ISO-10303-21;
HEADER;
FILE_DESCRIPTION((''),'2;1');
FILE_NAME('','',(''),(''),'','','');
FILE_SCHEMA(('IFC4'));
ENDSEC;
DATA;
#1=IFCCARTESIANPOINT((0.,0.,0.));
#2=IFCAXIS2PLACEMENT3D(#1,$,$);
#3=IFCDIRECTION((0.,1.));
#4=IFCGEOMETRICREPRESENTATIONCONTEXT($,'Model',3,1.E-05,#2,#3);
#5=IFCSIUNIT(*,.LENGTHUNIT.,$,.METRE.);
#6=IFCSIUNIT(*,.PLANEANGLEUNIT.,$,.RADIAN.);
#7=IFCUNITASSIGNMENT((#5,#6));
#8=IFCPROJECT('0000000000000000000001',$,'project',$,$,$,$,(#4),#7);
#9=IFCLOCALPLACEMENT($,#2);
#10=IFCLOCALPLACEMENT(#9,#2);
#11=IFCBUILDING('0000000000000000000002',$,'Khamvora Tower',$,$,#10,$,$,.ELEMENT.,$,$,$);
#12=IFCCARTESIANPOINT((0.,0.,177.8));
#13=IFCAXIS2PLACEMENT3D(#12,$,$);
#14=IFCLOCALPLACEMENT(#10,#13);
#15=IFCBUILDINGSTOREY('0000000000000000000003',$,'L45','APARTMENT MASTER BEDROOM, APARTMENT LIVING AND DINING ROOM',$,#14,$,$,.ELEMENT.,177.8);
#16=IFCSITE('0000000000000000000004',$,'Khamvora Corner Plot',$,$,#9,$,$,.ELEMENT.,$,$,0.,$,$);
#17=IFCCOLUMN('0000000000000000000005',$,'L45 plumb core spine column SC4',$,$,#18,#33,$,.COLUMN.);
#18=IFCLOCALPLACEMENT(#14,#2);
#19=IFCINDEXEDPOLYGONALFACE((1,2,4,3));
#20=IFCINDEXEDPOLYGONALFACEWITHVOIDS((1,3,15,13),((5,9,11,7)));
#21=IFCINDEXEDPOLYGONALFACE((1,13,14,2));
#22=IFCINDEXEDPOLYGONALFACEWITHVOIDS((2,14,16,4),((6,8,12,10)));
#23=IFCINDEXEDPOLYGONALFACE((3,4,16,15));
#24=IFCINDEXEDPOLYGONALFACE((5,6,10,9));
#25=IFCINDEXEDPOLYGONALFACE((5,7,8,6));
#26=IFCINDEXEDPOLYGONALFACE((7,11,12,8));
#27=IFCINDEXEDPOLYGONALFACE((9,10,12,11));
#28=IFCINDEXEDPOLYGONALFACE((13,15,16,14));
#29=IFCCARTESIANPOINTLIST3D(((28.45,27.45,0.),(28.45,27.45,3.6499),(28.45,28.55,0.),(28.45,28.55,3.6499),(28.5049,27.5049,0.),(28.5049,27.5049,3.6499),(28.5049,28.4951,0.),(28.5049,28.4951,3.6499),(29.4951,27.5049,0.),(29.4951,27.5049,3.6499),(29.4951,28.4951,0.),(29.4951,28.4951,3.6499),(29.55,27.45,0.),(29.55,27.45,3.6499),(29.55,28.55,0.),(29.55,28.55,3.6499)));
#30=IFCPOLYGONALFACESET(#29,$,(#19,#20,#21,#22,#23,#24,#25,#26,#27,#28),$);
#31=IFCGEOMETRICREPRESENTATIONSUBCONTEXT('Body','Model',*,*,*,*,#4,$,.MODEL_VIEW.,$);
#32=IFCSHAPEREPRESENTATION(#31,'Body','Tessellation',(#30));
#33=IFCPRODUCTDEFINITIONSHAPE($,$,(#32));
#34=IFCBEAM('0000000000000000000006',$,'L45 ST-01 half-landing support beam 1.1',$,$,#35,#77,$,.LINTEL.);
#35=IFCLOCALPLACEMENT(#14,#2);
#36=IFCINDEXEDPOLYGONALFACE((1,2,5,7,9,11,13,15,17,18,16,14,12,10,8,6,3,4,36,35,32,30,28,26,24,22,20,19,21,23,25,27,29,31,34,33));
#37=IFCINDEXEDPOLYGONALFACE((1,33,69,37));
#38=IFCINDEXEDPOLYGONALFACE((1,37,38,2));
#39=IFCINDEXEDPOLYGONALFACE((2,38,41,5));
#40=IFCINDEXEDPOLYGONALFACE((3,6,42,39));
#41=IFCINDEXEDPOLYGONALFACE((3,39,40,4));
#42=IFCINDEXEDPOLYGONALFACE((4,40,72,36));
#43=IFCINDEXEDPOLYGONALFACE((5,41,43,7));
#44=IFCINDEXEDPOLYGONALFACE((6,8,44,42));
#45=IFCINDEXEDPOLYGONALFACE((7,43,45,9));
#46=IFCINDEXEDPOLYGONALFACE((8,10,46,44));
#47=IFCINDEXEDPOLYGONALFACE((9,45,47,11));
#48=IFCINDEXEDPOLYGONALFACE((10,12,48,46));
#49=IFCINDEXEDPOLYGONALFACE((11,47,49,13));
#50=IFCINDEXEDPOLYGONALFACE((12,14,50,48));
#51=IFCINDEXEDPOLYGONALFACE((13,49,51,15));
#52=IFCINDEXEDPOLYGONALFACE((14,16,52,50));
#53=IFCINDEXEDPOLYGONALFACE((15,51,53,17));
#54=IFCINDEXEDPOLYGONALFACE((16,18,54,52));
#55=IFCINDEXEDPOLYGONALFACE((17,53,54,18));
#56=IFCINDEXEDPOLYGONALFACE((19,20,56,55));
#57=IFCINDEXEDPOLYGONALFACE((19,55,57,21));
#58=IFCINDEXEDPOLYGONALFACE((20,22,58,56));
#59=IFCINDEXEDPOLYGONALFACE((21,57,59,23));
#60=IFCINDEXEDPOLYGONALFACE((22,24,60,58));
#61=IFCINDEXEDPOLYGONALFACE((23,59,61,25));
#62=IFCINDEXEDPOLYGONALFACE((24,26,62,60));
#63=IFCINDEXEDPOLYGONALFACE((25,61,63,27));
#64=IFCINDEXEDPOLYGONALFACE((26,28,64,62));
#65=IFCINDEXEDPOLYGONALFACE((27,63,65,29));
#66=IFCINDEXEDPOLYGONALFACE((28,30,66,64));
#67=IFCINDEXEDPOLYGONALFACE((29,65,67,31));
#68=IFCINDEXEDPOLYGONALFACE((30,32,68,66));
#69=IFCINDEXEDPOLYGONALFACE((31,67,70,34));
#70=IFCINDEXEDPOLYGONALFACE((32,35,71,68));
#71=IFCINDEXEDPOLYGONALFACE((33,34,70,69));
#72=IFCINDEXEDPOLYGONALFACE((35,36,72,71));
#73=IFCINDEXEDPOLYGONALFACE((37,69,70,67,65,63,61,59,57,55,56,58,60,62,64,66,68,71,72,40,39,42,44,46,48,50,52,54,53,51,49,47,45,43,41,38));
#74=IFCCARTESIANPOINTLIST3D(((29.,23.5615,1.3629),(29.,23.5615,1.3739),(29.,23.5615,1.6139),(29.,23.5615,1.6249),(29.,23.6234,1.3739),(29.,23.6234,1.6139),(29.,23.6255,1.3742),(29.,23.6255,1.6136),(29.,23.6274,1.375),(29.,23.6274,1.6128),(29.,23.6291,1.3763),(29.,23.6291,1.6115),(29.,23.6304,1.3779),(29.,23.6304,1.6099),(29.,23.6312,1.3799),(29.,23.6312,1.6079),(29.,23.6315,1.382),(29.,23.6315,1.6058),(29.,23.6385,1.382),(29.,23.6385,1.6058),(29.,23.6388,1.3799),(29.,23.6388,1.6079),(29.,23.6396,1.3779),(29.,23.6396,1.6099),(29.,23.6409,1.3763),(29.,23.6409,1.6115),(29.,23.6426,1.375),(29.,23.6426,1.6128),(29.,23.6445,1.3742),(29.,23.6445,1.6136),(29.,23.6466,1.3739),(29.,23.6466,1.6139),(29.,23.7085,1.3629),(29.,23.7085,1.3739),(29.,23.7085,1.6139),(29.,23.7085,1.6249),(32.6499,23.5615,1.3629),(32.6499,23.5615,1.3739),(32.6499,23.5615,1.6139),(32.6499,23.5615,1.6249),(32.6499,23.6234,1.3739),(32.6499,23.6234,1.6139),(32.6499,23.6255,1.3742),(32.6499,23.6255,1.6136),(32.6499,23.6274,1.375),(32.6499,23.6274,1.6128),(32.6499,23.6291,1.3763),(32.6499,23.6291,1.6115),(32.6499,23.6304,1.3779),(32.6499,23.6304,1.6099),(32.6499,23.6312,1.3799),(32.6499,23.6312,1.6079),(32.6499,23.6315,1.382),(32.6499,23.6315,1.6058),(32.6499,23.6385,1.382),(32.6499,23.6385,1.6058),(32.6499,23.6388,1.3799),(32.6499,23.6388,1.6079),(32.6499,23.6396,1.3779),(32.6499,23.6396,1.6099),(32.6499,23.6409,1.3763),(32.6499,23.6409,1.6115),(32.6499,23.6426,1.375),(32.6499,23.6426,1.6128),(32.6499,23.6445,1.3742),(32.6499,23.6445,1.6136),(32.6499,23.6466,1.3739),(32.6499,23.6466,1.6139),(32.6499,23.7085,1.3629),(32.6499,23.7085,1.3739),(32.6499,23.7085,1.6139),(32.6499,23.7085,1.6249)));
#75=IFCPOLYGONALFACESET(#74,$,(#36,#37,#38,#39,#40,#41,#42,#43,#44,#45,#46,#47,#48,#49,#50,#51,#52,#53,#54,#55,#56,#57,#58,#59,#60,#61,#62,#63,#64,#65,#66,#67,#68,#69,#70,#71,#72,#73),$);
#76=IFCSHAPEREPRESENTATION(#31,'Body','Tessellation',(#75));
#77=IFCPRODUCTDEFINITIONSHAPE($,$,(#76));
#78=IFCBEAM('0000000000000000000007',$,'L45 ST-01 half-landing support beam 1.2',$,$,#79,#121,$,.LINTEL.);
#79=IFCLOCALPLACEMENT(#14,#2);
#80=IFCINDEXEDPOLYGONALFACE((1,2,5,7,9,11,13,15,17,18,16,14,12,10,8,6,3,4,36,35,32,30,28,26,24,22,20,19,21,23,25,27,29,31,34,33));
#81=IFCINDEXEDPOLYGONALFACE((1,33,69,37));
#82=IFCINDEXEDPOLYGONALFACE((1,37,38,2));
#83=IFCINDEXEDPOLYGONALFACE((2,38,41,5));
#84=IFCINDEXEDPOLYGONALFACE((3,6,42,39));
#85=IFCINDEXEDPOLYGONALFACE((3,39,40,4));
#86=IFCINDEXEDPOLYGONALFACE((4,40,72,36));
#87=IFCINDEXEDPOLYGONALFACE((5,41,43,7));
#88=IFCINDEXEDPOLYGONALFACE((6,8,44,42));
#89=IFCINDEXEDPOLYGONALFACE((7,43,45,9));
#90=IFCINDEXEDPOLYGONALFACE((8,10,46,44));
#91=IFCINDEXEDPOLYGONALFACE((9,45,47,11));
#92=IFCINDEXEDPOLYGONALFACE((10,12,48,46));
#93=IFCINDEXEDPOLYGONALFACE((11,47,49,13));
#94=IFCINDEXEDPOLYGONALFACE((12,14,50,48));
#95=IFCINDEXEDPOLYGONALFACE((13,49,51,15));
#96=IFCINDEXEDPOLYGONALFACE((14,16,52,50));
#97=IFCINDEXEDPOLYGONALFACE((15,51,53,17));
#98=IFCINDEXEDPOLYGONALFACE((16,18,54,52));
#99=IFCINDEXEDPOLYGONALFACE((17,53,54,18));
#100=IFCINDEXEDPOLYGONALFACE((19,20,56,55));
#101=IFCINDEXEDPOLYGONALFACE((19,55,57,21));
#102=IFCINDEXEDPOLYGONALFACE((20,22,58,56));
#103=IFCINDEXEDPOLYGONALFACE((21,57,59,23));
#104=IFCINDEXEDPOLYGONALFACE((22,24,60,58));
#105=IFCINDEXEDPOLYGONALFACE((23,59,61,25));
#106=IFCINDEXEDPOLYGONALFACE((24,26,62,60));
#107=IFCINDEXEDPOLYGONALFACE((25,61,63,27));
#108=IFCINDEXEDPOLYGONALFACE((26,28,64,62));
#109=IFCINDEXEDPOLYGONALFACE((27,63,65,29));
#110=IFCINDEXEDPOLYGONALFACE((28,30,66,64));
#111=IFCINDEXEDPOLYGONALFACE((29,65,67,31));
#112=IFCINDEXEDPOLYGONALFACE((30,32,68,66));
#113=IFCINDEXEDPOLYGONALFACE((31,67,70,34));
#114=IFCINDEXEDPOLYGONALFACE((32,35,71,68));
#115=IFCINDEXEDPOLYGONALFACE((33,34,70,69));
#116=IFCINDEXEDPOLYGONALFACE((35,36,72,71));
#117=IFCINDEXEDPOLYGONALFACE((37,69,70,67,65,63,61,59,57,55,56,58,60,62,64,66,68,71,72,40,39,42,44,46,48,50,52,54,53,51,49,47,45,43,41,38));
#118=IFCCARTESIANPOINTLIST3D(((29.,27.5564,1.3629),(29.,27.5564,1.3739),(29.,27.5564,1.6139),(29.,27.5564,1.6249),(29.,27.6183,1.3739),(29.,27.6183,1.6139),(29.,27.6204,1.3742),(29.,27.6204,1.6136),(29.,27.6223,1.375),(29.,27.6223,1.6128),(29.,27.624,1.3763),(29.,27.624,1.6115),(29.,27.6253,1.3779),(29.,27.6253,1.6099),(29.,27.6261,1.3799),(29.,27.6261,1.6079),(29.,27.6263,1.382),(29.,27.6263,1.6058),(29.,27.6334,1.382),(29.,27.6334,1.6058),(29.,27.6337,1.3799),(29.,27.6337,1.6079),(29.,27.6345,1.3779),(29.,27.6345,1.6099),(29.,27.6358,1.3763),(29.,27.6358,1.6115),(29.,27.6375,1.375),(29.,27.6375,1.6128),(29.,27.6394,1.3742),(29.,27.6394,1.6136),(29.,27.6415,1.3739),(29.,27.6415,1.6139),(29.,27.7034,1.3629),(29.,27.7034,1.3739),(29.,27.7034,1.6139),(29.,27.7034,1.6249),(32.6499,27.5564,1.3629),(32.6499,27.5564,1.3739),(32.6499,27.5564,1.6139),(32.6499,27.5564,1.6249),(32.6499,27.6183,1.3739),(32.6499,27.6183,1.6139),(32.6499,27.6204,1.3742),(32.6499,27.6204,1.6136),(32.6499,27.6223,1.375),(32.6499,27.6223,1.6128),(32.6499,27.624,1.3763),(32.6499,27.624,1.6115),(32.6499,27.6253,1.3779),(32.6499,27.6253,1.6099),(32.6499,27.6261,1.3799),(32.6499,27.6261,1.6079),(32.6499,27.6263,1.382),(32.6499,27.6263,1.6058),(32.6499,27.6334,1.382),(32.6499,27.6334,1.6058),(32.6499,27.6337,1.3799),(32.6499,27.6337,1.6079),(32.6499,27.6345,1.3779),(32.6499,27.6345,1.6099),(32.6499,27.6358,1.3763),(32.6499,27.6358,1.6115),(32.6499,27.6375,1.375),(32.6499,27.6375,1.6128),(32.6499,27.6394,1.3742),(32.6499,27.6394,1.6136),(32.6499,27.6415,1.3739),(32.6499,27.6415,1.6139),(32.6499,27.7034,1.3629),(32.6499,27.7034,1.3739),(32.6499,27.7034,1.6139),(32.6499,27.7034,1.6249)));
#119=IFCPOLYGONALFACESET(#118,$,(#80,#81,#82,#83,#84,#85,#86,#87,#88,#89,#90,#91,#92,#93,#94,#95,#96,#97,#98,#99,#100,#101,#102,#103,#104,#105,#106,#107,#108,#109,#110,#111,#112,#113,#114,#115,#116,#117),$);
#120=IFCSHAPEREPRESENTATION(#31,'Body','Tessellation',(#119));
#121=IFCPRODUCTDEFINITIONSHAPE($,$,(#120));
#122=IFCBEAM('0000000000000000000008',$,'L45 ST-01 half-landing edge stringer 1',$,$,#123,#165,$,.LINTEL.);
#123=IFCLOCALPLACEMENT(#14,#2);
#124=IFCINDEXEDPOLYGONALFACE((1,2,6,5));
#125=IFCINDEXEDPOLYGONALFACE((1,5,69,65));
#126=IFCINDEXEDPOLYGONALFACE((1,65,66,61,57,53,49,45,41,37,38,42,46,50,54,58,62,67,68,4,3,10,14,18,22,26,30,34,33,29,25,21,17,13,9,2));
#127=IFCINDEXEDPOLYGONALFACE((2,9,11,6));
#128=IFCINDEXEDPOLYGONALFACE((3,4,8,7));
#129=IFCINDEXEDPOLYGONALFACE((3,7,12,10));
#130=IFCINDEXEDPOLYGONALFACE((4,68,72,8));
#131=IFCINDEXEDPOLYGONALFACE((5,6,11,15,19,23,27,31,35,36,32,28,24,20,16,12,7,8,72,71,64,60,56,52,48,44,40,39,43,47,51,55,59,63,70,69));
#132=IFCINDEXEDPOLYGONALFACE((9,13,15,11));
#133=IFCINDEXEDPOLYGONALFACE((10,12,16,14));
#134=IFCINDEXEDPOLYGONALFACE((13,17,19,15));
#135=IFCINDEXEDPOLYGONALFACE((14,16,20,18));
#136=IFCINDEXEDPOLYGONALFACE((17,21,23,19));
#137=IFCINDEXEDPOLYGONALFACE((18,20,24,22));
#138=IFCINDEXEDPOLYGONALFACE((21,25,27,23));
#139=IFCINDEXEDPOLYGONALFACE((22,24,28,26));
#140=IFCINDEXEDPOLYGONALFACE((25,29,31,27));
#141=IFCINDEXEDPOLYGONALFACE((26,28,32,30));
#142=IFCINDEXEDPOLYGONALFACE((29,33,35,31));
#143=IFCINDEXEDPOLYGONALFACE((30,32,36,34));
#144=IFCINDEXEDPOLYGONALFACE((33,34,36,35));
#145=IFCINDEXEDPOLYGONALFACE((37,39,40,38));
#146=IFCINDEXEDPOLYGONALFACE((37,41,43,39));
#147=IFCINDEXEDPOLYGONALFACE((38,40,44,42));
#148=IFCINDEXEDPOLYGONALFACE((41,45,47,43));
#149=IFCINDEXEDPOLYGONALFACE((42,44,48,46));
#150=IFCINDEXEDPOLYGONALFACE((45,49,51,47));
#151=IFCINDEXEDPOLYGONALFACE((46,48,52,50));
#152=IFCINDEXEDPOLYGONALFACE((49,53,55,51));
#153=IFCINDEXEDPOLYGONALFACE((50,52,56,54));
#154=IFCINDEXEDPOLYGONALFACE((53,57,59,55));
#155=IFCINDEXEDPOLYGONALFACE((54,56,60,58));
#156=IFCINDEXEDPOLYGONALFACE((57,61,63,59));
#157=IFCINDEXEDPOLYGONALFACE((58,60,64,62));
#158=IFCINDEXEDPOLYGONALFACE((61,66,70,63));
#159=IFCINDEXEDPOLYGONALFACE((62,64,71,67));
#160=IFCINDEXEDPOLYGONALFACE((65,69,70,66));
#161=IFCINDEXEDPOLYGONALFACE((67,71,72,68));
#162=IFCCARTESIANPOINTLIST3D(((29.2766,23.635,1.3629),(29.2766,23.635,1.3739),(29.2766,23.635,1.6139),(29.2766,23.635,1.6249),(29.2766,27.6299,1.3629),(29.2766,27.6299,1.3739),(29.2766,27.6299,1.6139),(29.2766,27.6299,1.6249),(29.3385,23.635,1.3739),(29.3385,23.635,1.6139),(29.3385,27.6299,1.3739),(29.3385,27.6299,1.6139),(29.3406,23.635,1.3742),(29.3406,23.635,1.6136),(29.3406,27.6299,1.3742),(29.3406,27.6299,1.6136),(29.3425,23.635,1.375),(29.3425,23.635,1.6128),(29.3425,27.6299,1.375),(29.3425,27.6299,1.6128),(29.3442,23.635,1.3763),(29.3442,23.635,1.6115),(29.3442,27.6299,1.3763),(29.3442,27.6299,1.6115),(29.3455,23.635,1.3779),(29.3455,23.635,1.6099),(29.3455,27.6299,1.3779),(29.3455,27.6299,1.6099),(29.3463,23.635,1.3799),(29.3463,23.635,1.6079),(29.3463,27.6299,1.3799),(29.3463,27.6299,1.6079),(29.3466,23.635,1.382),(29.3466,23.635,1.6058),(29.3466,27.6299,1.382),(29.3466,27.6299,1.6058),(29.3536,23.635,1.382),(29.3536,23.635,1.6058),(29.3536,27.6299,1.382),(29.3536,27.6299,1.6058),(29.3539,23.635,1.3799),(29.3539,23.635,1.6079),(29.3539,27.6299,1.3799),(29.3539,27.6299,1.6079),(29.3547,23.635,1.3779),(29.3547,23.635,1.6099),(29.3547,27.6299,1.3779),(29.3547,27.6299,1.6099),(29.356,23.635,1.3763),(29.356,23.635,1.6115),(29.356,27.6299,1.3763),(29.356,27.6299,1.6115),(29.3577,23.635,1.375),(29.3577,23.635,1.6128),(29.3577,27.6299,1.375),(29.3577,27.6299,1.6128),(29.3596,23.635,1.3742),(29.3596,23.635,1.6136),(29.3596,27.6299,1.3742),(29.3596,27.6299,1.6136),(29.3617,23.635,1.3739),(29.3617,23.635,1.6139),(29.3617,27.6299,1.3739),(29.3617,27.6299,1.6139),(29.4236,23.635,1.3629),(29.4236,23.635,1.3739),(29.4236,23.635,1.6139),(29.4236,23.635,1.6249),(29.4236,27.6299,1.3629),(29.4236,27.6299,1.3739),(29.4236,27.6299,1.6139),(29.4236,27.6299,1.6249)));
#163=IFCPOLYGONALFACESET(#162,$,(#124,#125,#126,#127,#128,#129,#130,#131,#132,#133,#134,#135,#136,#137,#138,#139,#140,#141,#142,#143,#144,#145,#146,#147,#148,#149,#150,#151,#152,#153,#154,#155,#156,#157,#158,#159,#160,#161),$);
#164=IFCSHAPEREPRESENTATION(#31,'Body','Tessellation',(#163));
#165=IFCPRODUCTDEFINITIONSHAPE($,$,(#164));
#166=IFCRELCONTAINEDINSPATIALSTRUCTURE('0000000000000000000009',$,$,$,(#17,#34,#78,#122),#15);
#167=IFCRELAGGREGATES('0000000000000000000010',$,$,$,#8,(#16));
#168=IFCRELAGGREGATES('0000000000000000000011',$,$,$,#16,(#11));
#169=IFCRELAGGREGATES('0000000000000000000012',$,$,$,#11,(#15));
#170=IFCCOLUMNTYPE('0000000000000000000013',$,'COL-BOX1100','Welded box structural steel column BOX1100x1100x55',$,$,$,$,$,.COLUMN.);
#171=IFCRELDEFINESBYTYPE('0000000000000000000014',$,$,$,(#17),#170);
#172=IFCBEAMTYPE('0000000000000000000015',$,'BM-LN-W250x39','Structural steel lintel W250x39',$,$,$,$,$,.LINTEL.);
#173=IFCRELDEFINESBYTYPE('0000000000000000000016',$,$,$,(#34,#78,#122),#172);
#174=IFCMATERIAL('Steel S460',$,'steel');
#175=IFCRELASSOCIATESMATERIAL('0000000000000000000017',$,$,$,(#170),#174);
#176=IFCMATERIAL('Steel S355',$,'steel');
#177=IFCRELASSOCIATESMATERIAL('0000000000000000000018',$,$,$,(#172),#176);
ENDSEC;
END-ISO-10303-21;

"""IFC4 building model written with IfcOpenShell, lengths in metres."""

from ifc_helpers import new_model, si_unit, direction, frame, origin, origin_2d, place, context, subcontext, project, spatial, hollow_rectangle, i_section, extrude, material, material_profile, profile_set, type_object, element, save


model = new_model("IFC4")

# Units and contexts
model_context = context("Model", 3, precision=1e-05, world=origin(), true_north=direction((0.0, 1.0)))
body_context = subcontext(model_context, "Body", "Model", "MODEL_VIEW")
ifc_project = project(units=[si_unit("LENGTHUNIT", "METRE"), si_unit("PLANEANGLEUNIT", "RADIAN")], contexts=[model_context])

# Site, building, storey
site_placement = place(None, origin())
site = spatial("IfcSite", under=ifc_project, at=site_placement, Name="Khamvora Corner Plot", CompositionType="ELEMENT", RefElevation=0.0)
building_placement = place(site_placement, origin())
building = spatial("IfcBuilding", under=site, at=building_placement, Name="Khamvora Tower", CompositionType="ELEMENT")
storey_placement = place(building_placement, frame((0.0, 0.0, 177.8)))
storey = spatial("IfcBuildingStorey", under=building, at=storey_placement, Name="L45", Description="APARTMENT MASTER BEDROOM, APARTMENT LIVING AND DINING ROOM", CompositionType="ELEMENT", Elevation=177.8)

# Column
ifc_material_1 = material(Name="Steel S460", Category="steel")
ifc_material_profile_1 = material_profile(ifc_material_1, hollow_rectangle(XDim=1.1001, YDim=1.1001, WallThickness=0.0549, at=origin_2d()), Name="BOX1100x1100x55")
ifc_profile_set_1 = profile_set([ifc_material_profile_1], Name="Steel S460")
column_type = type_object("IfcColumnType", Name="COL-BOX1100", Description="Welded box structural steel column BOX1100x1100x55", PredefinedType="COLUMN", material=ifc_profile_set_1)
column_placement = place(storey_placement, frame((29.0, 28.0, 0.0), z_axis=(0.0, 0.0, 1.0), x_axis=(1.0, 0.0, 0.0)))
element("IfcColumn", 1, at=column_placement, inside=storey, type_object=column_type, Name="L45 plumb core spine column SC4", PredefinedType="COLUMN", context=body_context, shape_type="SweptSolid", body=[
    extrude(hollow_rectangle(XDim=1.1001, YDim=1.1001, WallThickness=0.0549, at=origin_2d()), origin(), (0.0, 0.0, 1.0), 3.6499),
])

# Beams
ifc_material_2 = material(Name="Steel S355", Category="steel")
ifc_material_profile_2 = material_profile(ifc_material_2, i_section(OverallWidth=0.147, OverallDepth=0.262, WebThickness=0.0071, FlangeThickness=0.011, FilletRadius=0.0081, at=origin_2d()), Name="W250x39")
ifc_profile_set_2 = profile_set([ifc_material_profile_2], Name="Steel S355")
beam_type_1 = type_object("IfcBeamType", Name="BM-LN-W250x39", Description="Structural steel lintel W250x39", PredefinedType="LINTEL", material=ifc_profile_set_2)
for number, where, z_axis, x_axis, name in (
    (2, (29.0, 23.635, 1.4939), (1.0, 0.0, 0.0), (0.0, 1.0, 0.0), "L45 ST-01 half-landing support beam 1.1"),
    (3, (29.0, 27.6299, 1.4939), (1.0, 0.0, 0.0), (0.0, 1.0, 0.0), "L45 ST-01 half-landing support beam 1.2"),
):
    element("IfcBeam", number, at=place(storey_placement, frame(where, z_axis=z_axis, x_axis=x_axis)), inside=storey, type_object=beam_type_1, Name=name, PredefinedType="LINTEL", context=body_context, shape_type="SweptSolid", body=[
        extrude(i_section(OverallWidth=0.147, OverallDepth=0.262, WebThickness=0.0071, FlangeThickness=0.011, FilletRadius=0.0081, at=origin_2d()), origin(), (0.0, 0.0, 1.0), 3.6499),
    ])
beam_1_placement = place(storey_placement, frame((29.3501, 23.635, 1.4939), z_axis=(0.0, 1.0, 0.0), x_axis=(-1.0, 0.0, 0.0)))
element("IfcBeam", 4, at=beam_1_placement, inside=storey, type_object=beam_type_1, Name="L45 ST-01 half-landing edge stringer 1", PredefinedType="LINTEL", context=body_context, shape_type="SweptSolid", body=[
    extrude(i_section(OverallWidth=0.147, OverallDepth=0.262, WebThickness=0.0071, FlangeThickness=0.011, FilletRadius=0.0081, at=origin_2d()), origin(), (0.0, 0.0, 1.0), 3.9949),
])

save(model, "model.ifc")
